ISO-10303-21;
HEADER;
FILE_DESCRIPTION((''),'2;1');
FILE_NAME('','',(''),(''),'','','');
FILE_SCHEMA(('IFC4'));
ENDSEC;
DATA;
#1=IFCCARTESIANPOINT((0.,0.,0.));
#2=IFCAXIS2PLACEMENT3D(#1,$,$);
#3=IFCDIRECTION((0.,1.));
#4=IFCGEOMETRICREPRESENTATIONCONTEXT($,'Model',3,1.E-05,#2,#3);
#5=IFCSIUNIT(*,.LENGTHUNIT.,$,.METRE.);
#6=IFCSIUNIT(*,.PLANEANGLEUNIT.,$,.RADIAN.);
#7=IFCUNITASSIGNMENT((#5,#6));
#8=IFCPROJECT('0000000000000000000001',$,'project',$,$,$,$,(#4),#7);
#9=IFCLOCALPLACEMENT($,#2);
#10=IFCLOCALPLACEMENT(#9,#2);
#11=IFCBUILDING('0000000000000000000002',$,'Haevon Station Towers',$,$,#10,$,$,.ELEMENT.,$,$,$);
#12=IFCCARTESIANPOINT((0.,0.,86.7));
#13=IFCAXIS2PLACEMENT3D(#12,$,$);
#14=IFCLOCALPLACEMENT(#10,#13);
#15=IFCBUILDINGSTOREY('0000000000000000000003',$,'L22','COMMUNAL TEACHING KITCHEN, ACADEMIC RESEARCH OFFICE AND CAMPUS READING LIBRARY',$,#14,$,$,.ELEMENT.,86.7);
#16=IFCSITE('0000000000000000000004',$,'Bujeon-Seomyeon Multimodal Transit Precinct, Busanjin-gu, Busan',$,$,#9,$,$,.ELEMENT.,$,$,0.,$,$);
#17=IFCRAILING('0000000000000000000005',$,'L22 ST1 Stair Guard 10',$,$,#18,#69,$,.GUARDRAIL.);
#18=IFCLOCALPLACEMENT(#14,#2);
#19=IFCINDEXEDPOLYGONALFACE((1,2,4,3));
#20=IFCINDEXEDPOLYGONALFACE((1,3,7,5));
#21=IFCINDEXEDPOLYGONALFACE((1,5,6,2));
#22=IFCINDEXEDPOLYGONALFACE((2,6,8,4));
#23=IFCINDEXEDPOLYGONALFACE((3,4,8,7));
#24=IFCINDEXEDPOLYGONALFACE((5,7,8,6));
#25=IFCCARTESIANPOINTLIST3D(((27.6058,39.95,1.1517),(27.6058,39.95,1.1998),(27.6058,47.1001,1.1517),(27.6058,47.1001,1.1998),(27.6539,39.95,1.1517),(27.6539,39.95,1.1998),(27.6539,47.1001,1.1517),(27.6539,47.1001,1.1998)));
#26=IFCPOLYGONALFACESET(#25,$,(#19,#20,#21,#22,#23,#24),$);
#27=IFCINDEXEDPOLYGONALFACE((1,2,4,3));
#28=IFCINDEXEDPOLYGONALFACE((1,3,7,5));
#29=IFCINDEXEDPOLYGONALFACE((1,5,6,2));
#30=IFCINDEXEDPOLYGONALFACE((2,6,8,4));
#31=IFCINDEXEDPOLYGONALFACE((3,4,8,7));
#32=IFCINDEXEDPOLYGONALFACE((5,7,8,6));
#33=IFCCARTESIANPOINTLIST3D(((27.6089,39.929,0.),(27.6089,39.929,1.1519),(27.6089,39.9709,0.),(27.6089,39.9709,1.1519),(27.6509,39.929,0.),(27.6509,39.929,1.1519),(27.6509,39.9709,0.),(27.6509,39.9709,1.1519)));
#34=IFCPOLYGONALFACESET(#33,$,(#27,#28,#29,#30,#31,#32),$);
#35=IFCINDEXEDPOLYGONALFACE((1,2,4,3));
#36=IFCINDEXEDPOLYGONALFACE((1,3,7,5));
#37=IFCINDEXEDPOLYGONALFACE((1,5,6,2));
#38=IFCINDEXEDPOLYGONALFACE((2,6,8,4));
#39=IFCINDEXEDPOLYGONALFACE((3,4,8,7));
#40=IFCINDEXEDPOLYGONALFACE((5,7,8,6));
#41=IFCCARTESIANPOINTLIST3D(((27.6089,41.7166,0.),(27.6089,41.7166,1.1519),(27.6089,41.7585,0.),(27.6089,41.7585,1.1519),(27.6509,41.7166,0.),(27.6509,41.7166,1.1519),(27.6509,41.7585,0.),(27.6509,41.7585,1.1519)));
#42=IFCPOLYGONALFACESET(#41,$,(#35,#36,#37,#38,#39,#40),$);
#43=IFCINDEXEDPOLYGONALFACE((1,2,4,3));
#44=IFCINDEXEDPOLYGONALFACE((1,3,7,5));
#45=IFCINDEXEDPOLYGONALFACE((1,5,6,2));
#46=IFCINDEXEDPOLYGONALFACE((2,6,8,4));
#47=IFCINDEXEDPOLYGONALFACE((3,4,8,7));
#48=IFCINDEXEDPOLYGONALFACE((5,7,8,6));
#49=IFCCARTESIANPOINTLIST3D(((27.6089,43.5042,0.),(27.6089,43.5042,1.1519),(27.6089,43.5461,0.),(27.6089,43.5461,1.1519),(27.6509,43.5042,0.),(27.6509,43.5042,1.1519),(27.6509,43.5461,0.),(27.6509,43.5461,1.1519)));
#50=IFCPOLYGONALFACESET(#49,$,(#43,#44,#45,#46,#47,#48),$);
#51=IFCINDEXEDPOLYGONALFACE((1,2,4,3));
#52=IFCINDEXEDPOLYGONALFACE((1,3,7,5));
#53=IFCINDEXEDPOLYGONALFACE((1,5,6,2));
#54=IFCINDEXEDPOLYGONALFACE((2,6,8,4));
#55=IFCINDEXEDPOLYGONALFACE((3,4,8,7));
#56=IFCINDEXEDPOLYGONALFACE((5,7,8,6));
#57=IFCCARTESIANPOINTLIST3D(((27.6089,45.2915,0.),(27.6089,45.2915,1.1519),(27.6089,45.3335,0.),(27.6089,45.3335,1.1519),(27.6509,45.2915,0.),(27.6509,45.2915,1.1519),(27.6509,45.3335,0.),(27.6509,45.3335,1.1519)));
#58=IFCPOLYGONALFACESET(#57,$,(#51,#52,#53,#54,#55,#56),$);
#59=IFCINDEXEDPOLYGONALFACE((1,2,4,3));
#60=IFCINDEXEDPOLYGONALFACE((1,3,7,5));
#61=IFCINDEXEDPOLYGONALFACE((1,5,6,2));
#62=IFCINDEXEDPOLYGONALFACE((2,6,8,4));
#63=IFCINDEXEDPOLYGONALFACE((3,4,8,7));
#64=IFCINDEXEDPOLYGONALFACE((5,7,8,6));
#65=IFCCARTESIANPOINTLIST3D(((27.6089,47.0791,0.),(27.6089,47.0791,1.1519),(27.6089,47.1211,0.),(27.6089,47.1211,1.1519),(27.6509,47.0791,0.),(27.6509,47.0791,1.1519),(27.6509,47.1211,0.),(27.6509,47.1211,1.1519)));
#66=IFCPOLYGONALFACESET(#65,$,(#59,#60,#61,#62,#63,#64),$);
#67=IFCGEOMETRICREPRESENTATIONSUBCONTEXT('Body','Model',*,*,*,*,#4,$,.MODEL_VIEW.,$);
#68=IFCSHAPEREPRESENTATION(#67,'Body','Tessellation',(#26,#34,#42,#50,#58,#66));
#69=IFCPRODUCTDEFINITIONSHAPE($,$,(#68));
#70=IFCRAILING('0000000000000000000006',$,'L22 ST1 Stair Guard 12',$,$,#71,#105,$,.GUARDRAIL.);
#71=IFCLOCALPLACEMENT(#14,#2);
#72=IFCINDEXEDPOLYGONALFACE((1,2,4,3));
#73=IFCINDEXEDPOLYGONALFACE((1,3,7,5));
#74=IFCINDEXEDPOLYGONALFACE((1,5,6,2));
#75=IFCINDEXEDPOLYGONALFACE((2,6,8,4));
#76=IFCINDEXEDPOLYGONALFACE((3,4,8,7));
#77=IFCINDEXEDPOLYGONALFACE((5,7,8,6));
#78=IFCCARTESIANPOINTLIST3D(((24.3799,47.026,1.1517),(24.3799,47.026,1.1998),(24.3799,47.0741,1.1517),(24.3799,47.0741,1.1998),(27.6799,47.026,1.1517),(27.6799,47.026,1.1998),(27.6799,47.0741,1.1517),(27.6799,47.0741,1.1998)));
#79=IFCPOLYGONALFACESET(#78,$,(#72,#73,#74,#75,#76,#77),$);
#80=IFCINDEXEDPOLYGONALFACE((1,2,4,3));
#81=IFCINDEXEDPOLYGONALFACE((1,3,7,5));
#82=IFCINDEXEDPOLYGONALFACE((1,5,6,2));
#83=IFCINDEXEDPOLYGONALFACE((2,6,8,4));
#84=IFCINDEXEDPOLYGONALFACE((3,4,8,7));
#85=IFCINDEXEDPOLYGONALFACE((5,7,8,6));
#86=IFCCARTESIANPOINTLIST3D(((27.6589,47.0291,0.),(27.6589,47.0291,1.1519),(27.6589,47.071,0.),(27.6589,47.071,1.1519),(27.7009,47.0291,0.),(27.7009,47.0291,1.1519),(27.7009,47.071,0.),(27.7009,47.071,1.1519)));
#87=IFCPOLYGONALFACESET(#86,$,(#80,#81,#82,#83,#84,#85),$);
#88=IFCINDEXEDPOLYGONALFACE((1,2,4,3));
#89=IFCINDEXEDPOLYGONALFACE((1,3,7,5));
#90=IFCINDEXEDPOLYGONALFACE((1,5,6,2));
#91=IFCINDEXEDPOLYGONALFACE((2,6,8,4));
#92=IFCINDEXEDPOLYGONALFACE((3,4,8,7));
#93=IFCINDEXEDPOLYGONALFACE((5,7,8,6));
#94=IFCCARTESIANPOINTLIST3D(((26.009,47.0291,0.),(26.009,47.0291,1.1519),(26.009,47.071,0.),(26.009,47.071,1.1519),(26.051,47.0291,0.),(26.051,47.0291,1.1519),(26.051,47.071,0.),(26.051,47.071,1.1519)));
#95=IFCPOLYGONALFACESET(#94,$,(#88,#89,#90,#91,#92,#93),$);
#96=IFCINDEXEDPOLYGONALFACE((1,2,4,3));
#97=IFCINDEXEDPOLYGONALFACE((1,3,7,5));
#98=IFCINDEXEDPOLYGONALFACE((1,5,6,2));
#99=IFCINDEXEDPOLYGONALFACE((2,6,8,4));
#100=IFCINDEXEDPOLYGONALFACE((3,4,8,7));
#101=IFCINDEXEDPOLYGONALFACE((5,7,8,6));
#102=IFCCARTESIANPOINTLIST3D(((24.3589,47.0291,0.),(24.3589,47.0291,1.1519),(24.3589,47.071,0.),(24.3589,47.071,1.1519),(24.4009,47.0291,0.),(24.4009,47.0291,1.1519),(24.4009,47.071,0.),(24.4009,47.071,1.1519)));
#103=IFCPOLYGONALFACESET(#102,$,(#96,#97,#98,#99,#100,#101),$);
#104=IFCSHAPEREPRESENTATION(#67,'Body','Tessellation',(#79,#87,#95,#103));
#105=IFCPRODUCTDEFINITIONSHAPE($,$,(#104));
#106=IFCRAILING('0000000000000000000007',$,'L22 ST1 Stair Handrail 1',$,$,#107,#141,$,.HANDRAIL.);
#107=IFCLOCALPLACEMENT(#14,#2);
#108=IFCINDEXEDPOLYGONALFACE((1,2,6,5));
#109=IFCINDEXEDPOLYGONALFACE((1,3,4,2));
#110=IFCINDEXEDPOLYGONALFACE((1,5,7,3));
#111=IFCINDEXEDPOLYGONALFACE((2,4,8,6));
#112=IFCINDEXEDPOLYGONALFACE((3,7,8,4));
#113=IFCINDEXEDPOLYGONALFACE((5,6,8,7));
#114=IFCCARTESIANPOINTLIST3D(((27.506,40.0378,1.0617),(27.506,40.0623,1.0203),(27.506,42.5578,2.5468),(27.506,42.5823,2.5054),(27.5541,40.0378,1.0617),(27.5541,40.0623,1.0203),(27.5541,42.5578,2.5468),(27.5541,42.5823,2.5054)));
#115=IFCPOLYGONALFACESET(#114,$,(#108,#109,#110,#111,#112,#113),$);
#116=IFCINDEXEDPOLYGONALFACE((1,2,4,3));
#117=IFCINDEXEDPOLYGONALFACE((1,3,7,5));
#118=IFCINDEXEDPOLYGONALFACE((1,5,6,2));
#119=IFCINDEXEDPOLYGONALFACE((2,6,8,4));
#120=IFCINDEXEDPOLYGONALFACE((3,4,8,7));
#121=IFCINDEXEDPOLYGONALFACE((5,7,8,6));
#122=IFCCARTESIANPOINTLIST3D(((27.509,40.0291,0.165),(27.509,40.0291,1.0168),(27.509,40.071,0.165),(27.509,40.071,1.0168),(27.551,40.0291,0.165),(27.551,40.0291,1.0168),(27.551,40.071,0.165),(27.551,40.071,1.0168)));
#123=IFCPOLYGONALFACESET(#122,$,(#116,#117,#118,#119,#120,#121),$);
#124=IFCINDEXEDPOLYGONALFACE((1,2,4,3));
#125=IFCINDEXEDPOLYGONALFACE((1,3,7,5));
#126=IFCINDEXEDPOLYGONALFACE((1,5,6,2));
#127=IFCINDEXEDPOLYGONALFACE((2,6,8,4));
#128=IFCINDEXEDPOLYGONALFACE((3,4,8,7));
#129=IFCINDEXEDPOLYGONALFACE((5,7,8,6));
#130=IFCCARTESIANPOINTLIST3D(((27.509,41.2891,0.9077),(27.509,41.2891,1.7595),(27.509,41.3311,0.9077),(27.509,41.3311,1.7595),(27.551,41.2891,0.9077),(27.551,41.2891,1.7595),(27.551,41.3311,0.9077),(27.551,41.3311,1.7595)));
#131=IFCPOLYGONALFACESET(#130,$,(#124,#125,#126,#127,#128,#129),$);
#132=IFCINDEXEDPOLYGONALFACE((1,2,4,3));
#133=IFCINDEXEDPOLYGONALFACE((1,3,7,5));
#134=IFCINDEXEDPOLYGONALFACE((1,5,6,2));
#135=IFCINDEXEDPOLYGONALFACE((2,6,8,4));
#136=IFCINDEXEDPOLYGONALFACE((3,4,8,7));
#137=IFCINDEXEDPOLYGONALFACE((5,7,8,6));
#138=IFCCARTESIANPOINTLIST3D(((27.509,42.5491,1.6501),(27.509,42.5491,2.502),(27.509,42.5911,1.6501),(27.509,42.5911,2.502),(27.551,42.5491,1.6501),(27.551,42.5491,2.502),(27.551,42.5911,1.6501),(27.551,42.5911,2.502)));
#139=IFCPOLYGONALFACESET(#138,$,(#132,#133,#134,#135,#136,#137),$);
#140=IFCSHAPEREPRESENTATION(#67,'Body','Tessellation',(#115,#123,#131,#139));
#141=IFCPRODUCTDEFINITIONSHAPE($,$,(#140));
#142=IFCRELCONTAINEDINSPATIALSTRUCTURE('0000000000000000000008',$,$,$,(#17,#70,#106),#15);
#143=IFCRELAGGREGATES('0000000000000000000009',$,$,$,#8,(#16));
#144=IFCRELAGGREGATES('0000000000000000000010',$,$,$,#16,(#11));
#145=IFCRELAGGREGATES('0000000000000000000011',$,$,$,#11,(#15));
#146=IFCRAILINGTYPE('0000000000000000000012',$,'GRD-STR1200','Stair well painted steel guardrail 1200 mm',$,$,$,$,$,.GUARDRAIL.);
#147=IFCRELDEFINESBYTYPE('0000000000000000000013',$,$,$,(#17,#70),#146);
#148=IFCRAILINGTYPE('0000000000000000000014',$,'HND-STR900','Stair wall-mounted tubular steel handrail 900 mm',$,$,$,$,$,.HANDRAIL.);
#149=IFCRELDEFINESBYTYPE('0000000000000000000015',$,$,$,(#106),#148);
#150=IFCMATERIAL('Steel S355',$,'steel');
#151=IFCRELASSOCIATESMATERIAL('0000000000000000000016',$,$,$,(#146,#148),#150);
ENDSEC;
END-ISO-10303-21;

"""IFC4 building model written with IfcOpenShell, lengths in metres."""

from ifc_helpers import new_model, si_unit, direction, frame, origin, origin_2d, place, context, subcontext, project, spatial, rectangle, extrude, material, type_object, element, save


model = new_model("IFC4")

# Units and contexts
model_context = context("Model", 3, precision=1e-05, world=origin(), true_north=direction((0.0, 1.0)))
body_context = subcontext(model_context, "Body", "Model", "MODEL_VIEW")
ifc_project = project(units=[si_unit("LENGTHUNIT", "METRE"), si_unit("PLANEANGLEUNIT", "RADIAN")], contexts=[model_context])

# Site, building, storey
site_placement = place(None, origin())
site = spatial("IfcSite", under=ifc_project, at=site_placement, Name="Bujeon-Seomyeon Multimodal Transit Precinct, Busanjin-gu, Busan", CompositionType="ELEMENT", RefElevation=0.0)
building_placement = place(site_placement, origin())
building = spatial("IfcBuilding", under=site, at=building_placement, Name="Haevon Station Towers", CompositionType="ELEMENT")
storey_placement = place(building_placement, frame((0.0, 0.0, 86.7)))
storey = spatial("IfcBuildingStorey", under=building, at=storey_placement, Name="L22", Description="COMMUNAL TEACHING KITCHEN, ACADEMIC RESEARCH OFFICE AND CAMPUS READING LIBRARY", CompositionType="ELEMENT", Elevation=86.7)

# Shared definitions
ifc_material_1 = material(Name="Steel S355", Category="steel")

# Railings
railing_type_1 = type_object("IfcRailingType", Name="GRD-STR1200", Description="Stair well painted steel guardrail 1200 mm", PredefinedType="GUARDRAIL", material=ifc_material_1)
railing_1_placement = place(storey_placement, frame((27.6299, 39.95, 0.0)))
element("IfcRailing", 1, at=railing_1_placement, inside=storey, type_object=railing_type_1, Name="L22 ST1 Stair Guard 10", PredefinedType="GUARDRAIL", context=body_context, shape_type="SweptSolid", body=[
    extrude(rectangle(XDim=0.0481, YDim=0.0481, at=origin_2d()), frame((0.0, 0.0, 1.1758), z_axis=(0.0, 1.0, 0.0), x_axis=(-1.0, 0.0, 0.0)), (0.0, 0.0, 1.0), 7.1501),
    extrude(rectangle(XDim=0.042, YDim=0.042, at=origin_2d()), origin(), (0.0, 0.0, 1.0), 1.1519),
    extrude(rectangle(XDim=0.042, YDim=0.042, at=origin_2d()), frame((0.0, 1.7876, 0.0)), (0.0, 0.0, 1.0), 1.1519),
    extrude(rectangle(XDim=0.042, YDim=0.042, at=origin_2d()), frame((0.0, 3.5752, 0.0)), (0.0, 0.0, 1.0), 1.1519),
    extrude(rectangle(XDim=0.042, YDim=0.042, at=origin_2d()), frame((0.0, 5.3625, 0.0)), (0.0, 0.0, 1.0), 1.1519),
    extrude(rectangle(XDim=0.042, YDim=0.042, at=origin_2d()), frame((0.0, 7.1501, 0.0)), (0.0, 0.0, 1.0), 1.1519),
])
railing_2_placement = place(storey_placement, frame((27.6799, 47.05, 0.0)))
element("IfcRailing", 2, at=railing_2_placement, inside=storey, type_object=railing_type_1, Name="L22 ST1 Stair Guard 12", PredefinedType="GUARDRAIL", context=body_context, shape_type="SweptSolid", body=[
    extrude(rectangle(XDim=0.0481, YDim=0.0481, at=origin_2d()), frame((0.0, 0.0, 1.1758), z_axis=(-1.0, 0.0, 0.0), x_axis=(0.0, -1.0, 0.0)), (0.0, 0.0, 1.0), 3.3),
    extrude(rectangle(XDim=0.042, YDim=0.042, at=origin_2d()), origin(), (0.0, 0.0, 1.0), 1.1519),
    extrude(rectangle(XDim=0.042, YDim=0.042, at=origin_2d()), frame((-1.6499, 0.0, 0.0)), (0.0, 0.0, 1.0), 1.1519),
    extrude(rectangle(XDim=0.042, YDim=0.042, at=origin_2d()), frame((-3.3, 0.0, 0.0)), (0.0, 0.0, 1.0), 1.1519),
])
railing_type_2 = type_object("IfcRailingType", Name="HND-STR900", Description="Stair wall-mounted tubular steel handrail 900 mm", PredefinedType="HANDRAIL", material=ifc_material_1)
railing_3_placement = place(storey_placement, frame((27.53, 40.05, 0.165)))
element("IfcRailing", 3, at=railing_3_placement, inside=storey, type_object=railing_type_2, Name="L22 ST1 Stair Handrail 1", PredefinedType="HANDRAIL", context=body_context, shape_type="SweptSolid", body=[
    extrude(rectangle(XDim=0.0481, YDim=0.0481, at=origin_2d()), frame((0.0, 0.0, 0.876), z_axis=(0.0, 0.861524, 0.507717), x_axis=(-1.0, 0.0, 0.0)), (0.0, 0.0, 1.0), 2.925),
    extrude(rectangle(XDim=0.042, YDim=0.042, at=origin_2d()), origin(), (0.0, 0.0, 1.0), 0.8518),
    extrude(rectangle(XDim=0.042, YDim=0.042, at=origin_2d()), frame((0.0, 1.26, 0.7427)), (0.0, 0.0, 1.0), 0.8518),
    extrude(rectangle(XDim=0.042, YDim=0.042, at=origin_2d()), frame((0.0, 2.52, 1.4851)), (0.0, 0.0, 1.0), 0.8518),
])

save(model, "model.ifc")
